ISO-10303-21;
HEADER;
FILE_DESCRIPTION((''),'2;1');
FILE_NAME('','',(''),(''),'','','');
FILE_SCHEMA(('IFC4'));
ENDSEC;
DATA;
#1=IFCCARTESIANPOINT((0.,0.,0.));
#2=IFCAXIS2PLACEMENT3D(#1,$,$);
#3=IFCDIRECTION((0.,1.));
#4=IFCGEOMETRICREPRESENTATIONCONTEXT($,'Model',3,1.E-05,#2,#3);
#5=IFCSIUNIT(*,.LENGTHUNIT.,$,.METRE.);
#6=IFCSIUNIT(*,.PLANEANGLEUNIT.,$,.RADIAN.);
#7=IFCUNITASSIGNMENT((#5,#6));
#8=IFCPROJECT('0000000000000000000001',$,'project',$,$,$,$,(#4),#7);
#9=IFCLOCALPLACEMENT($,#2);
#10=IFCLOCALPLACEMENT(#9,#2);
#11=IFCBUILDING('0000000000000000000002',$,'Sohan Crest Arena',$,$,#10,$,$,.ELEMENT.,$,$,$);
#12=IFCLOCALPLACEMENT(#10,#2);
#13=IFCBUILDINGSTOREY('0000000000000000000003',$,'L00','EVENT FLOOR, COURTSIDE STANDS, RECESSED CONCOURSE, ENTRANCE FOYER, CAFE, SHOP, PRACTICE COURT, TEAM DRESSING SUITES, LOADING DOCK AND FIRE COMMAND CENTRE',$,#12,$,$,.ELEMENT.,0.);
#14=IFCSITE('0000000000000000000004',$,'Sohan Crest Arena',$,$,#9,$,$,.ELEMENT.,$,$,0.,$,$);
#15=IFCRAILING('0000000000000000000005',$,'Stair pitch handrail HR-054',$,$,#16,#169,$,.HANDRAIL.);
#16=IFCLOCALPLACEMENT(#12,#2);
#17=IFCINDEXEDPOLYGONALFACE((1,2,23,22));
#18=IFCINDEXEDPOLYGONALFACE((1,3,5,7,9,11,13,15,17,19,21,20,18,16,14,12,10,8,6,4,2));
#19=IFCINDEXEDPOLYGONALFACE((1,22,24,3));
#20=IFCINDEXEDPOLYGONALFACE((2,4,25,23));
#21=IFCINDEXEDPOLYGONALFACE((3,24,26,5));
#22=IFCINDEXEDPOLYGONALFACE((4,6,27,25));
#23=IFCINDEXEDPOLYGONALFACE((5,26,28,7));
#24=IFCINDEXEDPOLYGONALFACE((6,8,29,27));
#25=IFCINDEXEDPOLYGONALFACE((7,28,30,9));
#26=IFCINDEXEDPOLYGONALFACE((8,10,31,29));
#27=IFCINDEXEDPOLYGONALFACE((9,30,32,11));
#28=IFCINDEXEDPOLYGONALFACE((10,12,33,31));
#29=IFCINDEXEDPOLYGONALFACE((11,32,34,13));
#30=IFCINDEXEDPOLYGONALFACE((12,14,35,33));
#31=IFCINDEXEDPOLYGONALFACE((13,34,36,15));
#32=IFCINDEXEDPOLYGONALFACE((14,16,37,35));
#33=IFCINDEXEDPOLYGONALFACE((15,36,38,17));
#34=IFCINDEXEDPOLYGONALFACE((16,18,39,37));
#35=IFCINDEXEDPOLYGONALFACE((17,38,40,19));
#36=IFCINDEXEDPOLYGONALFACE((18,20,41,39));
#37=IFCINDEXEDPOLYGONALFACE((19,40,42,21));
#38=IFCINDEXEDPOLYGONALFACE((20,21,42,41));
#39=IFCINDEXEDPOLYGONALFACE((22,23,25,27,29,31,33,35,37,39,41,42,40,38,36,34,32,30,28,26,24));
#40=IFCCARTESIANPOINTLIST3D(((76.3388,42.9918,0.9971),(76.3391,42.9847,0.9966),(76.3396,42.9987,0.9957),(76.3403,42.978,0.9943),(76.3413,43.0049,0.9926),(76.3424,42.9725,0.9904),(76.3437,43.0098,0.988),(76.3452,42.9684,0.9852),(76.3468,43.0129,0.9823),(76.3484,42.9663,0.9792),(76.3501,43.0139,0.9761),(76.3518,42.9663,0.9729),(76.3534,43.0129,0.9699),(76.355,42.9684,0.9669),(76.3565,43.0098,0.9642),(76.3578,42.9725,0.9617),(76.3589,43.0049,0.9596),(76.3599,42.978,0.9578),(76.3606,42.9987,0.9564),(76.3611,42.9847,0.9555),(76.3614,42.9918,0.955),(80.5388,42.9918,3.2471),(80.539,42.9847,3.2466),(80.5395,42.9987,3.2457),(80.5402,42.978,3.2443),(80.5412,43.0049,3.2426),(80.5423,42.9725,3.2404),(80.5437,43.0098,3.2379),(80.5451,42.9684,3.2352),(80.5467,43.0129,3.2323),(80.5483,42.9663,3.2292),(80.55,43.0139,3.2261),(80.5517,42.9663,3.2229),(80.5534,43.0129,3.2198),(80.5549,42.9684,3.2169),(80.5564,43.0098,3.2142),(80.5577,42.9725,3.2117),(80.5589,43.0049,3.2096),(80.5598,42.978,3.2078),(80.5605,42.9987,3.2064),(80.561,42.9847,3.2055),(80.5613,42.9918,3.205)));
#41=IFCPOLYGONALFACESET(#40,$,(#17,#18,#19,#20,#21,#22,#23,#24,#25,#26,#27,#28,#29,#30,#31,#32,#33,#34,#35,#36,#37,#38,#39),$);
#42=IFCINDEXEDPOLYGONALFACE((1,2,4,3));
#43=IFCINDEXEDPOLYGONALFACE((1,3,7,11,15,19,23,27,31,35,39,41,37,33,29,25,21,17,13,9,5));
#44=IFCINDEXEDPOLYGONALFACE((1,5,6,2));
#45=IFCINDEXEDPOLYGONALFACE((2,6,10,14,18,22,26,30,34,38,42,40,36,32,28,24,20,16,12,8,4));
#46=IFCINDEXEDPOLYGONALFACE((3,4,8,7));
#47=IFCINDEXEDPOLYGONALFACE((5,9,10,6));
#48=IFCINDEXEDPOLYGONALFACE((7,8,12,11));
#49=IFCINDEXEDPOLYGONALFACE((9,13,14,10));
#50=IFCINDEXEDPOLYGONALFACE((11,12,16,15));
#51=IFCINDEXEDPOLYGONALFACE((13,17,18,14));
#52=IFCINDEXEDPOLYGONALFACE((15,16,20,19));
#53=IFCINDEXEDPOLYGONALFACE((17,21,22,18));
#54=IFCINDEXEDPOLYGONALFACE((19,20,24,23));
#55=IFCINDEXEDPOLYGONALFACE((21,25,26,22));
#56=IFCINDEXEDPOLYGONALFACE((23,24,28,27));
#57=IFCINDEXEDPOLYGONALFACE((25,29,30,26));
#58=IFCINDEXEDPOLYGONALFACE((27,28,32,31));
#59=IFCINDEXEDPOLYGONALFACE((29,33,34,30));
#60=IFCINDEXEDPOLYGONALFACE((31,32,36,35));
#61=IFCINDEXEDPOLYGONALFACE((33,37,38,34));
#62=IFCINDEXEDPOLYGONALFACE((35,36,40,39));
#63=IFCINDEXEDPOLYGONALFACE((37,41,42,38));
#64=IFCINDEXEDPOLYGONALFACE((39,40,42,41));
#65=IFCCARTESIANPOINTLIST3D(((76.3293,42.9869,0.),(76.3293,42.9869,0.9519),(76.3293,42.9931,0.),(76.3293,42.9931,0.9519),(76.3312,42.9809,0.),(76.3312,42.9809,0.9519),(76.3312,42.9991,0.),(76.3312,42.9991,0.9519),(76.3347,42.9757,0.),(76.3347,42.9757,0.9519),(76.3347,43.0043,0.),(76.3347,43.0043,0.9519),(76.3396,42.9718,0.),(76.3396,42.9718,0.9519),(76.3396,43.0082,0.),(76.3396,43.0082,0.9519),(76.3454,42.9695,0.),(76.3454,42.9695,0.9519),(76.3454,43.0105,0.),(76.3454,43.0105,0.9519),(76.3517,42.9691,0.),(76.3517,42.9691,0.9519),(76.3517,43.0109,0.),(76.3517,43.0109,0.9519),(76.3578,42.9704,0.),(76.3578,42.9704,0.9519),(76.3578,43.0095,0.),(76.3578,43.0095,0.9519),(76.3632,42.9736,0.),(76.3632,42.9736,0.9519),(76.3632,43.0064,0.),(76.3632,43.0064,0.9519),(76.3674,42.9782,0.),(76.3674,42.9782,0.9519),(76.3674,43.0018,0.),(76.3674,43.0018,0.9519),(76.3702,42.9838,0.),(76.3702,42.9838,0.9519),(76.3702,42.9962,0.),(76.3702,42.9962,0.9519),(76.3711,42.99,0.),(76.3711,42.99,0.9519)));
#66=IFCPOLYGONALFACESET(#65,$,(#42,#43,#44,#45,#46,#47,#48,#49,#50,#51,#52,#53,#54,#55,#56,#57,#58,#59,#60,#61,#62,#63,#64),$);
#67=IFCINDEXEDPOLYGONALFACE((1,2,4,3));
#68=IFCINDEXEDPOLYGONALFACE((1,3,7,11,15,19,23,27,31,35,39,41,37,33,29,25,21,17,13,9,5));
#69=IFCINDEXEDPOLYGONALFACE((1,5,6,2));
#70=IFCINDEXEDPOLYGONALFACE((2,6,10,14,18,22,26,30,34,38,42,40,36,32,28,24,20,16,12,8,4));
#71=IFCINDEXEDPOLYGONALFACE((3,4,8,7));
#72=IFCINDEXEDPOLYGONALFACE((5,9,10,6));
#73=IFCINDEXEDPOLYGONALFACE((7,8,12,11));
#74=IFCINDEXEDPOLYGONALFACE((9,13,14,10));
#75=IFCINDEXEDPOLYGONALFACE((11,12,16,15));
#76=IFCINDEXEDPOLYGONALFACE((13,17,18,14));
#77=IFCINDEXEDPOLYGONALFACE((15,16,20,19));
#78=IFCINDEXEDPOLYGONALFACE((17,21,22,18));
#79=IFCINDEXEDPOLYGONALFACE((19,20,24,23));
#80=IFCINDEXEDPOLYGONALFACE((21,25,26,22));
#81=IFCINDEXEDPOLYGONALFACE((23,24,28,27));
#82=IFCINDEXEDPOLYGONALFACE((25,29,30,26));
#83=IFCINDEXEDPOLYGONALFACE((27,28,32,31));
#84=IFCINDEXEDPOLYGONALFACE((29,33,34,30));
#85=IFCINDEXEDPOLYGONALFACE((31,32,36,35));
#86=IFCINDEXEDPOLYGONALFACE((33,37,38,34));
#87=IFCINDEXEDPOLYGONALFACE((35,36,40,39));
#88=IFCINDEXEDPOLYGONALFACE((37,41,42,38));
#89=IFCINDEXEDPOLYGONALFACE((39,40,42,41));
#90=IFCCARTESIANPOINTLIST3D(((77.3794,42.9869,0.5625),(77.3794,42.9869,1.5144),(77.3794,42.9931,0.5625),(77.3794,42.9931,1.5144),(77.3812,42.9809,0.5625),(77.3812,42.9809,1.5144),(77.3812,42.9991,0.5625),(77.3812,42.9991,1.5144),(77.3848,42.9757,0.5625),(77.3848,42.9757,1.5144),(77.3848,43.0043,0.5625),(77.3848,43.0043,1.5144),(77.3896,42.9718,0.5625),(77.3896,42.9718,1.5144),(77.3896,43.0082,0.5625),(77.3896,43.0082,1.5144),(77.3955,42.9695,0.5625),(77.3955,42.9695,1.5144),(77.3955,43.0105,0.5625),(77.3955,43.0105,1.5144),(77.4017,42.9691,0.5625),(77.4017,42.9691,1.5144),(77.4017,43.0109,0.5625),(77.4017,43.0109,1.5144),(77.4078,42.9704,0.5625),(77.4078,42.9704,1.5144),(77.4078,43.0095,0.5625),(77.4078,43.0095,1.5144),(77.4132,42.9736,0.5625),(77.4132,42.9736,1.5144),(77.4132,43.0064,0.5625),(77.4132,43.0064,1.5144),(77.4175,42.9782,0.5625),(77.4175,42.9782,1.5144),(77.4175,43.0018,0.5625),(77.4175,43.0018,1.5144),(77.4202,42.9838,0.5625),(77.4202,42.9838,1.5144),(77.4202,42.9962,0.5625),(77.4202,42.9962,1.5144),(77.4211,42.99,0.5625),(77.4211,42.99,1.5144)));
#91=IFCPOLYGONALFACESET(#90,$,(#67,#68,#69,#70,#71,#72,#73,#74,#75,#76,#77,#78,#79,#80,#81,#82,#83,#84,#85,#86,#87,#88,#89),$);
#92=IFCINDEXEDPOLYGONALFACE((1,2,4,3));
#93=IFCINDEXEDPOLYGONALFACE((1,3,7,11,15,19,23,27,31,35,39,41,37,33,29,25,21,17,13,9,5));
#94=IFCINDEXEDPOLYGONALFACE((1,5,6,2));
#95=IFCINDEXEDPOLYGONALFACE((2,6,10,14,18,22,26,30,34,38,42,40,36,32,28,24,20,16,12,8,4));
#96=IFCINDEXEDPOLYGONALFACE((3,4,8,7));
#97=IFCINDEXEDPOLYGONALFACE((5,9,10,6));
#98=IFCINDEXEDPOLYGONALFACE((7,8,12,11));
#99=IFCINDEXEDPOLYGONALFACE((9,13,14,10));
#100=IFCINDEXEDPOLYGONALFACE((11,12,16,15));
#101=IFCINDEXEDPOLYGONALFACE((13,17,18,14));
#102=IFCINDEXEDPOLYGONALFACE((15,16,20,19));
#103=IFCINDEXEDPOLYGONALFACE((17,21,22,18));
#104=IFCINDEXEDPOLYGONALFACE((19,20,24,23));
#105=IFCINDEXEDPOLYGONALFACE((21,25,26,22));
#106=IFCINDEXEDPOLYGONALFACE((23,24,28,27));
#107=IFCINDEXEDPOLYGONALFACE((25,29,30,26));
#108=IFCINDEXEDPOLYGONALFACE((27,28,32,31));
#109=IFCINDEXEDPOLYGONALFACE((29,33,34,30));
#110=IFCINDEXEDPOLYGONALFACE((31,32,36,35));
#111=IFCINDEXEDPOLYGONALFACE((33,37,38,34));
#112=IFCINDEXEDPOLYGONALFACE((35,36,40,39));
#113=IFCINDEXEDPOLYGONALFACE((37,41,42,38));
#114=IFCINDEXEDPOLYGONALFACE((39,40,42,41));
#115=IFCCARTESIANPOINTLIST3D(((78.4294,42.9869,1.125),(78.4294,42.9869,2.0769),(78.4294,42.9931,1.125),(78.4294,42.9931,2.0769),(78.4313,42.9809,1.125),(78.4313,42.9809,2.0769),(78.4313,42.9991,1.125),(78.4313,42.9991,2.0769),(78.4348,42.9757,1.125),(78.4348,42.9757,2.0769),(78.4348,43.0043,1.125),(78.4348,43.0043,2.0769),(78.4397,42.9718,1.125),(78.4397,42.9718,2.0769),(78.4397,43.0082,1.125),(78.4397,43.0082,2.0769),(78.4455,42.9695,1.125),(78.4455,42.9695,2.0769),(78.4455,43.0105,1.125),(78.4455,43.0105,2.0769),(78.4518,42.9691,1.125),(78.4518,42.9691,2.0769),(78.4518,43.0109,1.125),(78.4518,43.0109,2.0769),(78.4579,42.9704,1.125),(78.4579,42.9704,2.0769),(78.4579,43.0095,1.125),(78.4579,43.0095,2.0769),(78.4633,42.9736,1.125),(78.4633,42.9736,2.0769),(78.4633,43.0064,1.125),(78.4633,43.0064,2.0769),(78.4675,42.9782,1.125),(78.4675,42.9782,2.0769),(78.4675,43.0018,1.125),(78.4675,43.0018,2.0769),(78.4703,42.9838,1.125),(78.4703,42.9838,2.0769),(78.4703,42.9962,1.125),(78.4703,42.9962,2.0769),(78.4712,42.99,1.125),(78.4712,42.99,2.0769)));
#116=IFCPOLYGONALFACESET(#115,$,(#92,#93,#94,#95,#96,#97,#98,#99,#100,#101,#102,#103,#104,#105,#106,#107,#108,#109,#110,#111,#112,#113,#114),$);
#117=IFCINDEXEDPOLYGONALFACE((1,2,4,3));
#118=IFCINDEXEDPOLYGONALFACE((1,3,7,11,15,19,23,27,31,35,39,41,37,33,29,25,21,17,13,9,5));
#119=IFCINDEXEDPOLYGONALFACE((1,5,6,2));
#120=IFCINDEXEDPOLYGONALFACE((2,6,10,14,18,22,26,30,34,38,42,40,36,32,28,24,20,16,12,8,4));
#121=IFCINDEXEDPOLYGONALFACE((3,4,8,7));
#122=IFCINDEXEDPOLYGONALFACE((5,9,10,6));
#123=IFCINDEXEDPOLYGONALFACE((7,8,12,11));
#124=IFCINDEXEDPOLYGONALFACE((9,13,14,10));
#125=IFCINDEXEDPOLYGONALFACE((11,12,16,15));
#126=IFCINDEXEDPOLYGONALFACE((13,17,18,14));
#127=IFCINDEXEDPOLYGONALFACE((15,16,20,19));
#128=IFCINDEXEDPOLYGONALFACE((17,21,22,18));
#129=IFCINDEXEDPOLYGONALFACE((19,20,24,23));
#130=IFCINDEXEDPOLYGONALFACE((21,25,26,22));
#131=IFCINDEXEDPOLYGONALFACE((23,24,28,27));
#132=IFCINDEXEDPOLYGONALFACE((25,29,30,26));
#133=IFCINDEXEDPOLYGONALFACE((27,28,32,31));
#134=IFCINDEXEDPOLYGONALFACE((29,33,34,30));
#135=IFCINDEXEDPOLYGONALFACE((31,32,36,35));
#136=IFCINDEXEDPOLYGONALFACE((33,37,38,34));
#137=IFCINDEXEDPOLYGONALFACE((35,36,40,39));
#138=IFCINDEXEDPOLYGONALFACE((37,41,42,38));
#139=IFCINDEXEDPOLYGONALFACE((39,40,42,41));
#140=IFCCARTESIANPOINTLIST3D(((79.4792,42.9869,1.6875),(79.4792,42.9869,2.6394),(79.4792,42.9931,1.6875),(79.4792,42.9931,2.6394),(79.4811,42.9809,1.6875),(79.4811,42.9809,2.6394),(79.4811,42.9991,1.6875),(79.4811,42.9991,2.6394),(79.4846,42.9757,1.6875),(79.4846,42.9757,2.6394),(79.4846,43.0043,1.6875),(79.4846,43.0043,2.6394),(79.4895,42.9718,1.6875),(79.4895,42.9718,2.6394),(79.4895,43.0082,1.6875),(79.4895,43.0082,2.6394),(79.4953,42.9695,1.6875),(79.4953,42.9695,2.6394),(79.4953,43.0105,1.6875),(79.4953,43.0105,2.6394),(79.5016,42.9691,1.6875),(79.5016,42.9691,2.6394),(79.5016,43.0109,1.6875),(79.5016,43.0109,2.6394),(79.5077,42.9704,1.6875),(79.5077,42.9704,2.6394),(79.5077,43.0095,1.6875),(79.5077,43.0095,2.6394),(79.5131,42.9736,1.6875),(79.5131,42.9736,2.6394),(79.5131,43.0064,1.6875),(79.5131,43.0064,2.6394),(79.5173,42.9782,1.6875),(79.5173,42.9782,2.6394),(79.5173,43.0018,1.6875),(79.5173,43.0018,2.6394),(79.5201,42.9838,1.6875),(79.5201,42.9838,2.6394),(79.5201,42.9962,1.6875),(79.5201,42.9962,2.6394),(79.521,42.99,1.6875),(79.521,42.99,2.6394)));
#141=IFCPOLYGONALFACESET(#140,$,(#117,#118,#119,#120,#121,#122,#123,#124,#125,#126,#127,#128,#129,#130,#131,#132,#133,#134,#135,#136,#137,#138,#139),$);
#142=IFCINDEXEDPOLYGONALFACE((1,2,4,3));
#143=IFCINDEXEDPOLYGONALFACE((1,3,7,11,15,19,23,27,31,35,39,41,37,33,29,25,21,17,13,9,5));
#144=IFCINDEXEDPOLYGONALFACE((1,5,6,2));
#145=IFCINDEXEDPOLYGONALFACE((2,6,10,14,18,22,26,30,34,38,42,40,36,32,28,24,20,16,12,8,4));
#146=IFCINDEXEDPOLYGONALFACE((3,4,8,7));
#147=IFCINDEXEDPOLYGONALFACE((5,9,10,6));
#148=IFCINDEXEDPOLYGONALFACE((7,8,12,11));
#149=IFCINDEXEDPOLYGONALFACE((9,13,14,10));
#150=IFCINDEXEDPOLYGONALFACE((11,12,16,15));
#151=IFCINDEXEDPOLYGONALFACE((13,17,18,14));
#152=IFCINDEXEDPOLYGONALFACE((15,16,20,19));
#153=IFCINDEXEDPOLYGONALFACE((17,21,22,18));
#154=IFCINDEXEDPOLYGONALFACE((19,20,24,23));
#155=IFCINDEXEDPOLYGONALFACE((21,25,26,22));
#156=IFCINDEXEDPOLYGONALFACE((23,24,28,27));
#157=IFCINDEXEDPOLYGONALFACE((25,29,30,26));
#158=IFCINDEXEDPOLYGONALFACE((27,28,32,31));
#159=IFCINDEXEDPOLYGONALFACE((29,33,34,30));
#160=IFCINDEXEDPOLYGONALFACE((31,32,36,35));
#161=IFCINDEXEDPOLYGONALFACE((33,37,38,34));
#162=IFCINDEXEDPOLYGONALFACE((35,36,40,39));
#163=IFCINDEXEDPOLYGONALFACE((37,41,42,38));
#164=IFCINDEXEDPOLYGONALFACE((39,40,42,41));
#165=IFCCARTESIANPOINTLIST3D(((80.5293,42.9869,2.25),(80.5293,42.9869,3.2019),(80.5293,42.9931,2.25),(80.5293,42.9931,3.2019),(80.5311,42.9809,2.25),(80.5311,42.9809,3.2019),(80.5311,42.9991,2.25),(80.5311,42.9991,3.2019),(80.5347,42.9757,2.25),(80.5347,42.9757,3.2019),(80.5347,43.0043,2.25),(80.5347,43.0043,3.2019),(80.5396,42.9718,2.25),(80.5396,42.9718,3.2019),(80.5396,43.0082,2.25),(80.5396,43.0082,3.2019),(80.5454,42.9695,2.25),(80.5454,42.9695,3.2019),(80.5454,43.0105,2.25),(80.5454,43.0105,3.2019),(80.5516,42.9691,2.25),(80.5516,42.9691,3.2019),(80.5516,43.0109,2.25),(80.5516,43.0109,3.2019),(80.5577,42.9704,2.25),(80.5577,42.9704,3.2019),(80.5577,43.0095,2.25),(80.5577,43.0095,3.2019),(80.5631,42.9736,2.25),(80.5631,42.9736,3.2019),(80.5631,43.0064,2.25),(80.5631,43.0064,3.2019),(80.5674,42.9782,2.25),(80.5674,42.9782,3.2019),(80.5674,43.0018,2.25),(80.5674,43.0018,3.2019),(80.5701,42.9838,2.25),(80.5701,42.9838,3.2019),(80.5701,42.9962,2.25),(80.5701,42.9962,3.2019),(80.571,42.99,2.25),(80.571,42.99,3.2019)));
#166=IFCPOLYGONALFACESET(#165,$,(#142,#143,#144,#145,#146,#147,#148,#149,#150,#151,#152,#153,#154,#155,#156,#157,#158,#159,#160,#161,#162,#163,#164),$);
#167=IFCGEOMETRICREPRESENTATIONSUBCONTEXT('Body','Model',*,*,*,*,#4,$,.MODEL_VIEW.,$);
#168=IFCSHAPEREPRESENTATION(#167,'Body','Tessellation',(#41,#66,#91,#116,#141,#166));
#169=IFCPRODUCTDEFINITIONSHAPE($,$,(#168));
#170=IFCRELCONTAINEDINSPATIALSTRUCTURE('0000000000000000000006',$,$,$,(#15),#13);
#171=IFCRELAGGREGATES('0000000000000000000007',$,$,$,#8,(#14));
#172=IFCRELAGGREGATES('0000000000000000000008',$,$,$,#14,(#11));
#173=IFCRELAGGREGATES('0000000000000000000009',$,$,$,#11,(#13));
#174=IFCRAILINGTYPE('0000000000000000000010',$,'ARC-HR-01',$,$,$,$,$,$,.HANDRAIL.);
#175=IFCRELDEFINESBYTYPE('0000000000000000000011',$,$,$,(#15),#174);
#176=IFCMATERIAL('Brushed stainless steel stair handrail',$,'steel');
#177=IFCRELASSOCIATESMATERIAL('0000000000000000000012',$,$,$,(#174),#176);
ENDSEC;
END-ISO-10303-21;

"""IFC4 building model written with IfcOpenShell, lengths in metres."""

from ifc_helpers import new_model, si_unit, direction, frame, origin, origin_2d, place, context, subcontext, project, spatial, circle, extrude, material, type_object, element, save


model = new_model("IFC4")

# Units and contexts
model_context = context("Model", 3, precision=1e-05, world=origin(), true_north=direction((0.0, 1.0)))
body_context = subcontext(model_context, "Body", "Model", "MODEL_VIEW")
ifc_project = project(units=[si_unit("LENGTHUNIT", "METRE"), si_unit("PLANEANGLEUNIT", "RADIAN")], contexts=[model_context])

# Site, building, storey
site_placement = place(None, origin())
site = spatial("IfcSite", under=ifc_project, at=site_placement, Name="Sohan Crest Arena", CompositionType="ELEMENT", RefElevation=0.0)
building_placement = place(site_placement, origin())
building = spatial("IfcBuilding", under=site, at=building_placement, Name="Sohan Crest Arena", CompositionType="ELEMENT")
storey_placement = place(building_placement, origin())
storey = spatial("IfcBuildingStorey", under=building, at=storey_placement, Name="L00", Description="EVENT FLOOR, COURTSIDE STANDS, RECESSED CONCOURSE, ENTRANCE FOYER, CAFE, SHOP, PRACTICE COURT, TEAM DRESSING SUITES, LOADING DOCK AND FIRE COMMAND CENTRE", CompositionType="ELEMENT", Elevation=0.0)

# Railing
ifc_material_1 = material(Name="Brushed stainless steel stair handrail", Category="steel")
railing_type_1 = type_object("IfcRailingType", Name="ARC-HR-01", PredefinedType="HANDRAIL", material=ifc_material_1)
for number, where, name in (
    (1, (76.3501, 42.99, 0.0), "Stair pitch handrail HR-054"),
):
    element("IfcRailing", number, at=place(storey_placement, frame(where)), inside=storey, type_object=railing_type_1, Name=name, PredefinedType="HANDRAIL", context=body_context, shape_type="SweptSolid", body=[
        extrude(circle(Radius=0.0239, at=origin_2d()), frame((0.0, 0.0, 0.9761), z_axis=(0.881478, 0.0, 0.472226), x_axis=(0.0, 1.0, 0.0)), (0.0, 0.0, 1.0), 4.7646),
        extrude(circle(Radius=0.021, at=origin_2d()), origin(), (0.0, 0.0, 1.0), 0.9519),
        extrude(circle(Radius=0.021, at=origin_2d()), frame((1.05, 0.0, 0.5625)), (0.0, 0.0, 1.0), 0.9519),
        extrude(circle(Radius=0.021, at=origin_2d()), frame((2.1001, 0.0, 1.125)), (0.0, 0.0, 1.0), 0.9519),
        extrude(circle(Radius=0.021, at=origin_2d()), frame((3.1499, 0.0, 1.6875)), (0.0, 0.0, 1.0), 0.9519),
        extrude(circle(Radius=0.021, at=origin_2d()), frame((4.2, 0.0, 2.25)), (0.0, 0.0, 1.0), 0.9519),
    ])

save(model, "model.ifc")
